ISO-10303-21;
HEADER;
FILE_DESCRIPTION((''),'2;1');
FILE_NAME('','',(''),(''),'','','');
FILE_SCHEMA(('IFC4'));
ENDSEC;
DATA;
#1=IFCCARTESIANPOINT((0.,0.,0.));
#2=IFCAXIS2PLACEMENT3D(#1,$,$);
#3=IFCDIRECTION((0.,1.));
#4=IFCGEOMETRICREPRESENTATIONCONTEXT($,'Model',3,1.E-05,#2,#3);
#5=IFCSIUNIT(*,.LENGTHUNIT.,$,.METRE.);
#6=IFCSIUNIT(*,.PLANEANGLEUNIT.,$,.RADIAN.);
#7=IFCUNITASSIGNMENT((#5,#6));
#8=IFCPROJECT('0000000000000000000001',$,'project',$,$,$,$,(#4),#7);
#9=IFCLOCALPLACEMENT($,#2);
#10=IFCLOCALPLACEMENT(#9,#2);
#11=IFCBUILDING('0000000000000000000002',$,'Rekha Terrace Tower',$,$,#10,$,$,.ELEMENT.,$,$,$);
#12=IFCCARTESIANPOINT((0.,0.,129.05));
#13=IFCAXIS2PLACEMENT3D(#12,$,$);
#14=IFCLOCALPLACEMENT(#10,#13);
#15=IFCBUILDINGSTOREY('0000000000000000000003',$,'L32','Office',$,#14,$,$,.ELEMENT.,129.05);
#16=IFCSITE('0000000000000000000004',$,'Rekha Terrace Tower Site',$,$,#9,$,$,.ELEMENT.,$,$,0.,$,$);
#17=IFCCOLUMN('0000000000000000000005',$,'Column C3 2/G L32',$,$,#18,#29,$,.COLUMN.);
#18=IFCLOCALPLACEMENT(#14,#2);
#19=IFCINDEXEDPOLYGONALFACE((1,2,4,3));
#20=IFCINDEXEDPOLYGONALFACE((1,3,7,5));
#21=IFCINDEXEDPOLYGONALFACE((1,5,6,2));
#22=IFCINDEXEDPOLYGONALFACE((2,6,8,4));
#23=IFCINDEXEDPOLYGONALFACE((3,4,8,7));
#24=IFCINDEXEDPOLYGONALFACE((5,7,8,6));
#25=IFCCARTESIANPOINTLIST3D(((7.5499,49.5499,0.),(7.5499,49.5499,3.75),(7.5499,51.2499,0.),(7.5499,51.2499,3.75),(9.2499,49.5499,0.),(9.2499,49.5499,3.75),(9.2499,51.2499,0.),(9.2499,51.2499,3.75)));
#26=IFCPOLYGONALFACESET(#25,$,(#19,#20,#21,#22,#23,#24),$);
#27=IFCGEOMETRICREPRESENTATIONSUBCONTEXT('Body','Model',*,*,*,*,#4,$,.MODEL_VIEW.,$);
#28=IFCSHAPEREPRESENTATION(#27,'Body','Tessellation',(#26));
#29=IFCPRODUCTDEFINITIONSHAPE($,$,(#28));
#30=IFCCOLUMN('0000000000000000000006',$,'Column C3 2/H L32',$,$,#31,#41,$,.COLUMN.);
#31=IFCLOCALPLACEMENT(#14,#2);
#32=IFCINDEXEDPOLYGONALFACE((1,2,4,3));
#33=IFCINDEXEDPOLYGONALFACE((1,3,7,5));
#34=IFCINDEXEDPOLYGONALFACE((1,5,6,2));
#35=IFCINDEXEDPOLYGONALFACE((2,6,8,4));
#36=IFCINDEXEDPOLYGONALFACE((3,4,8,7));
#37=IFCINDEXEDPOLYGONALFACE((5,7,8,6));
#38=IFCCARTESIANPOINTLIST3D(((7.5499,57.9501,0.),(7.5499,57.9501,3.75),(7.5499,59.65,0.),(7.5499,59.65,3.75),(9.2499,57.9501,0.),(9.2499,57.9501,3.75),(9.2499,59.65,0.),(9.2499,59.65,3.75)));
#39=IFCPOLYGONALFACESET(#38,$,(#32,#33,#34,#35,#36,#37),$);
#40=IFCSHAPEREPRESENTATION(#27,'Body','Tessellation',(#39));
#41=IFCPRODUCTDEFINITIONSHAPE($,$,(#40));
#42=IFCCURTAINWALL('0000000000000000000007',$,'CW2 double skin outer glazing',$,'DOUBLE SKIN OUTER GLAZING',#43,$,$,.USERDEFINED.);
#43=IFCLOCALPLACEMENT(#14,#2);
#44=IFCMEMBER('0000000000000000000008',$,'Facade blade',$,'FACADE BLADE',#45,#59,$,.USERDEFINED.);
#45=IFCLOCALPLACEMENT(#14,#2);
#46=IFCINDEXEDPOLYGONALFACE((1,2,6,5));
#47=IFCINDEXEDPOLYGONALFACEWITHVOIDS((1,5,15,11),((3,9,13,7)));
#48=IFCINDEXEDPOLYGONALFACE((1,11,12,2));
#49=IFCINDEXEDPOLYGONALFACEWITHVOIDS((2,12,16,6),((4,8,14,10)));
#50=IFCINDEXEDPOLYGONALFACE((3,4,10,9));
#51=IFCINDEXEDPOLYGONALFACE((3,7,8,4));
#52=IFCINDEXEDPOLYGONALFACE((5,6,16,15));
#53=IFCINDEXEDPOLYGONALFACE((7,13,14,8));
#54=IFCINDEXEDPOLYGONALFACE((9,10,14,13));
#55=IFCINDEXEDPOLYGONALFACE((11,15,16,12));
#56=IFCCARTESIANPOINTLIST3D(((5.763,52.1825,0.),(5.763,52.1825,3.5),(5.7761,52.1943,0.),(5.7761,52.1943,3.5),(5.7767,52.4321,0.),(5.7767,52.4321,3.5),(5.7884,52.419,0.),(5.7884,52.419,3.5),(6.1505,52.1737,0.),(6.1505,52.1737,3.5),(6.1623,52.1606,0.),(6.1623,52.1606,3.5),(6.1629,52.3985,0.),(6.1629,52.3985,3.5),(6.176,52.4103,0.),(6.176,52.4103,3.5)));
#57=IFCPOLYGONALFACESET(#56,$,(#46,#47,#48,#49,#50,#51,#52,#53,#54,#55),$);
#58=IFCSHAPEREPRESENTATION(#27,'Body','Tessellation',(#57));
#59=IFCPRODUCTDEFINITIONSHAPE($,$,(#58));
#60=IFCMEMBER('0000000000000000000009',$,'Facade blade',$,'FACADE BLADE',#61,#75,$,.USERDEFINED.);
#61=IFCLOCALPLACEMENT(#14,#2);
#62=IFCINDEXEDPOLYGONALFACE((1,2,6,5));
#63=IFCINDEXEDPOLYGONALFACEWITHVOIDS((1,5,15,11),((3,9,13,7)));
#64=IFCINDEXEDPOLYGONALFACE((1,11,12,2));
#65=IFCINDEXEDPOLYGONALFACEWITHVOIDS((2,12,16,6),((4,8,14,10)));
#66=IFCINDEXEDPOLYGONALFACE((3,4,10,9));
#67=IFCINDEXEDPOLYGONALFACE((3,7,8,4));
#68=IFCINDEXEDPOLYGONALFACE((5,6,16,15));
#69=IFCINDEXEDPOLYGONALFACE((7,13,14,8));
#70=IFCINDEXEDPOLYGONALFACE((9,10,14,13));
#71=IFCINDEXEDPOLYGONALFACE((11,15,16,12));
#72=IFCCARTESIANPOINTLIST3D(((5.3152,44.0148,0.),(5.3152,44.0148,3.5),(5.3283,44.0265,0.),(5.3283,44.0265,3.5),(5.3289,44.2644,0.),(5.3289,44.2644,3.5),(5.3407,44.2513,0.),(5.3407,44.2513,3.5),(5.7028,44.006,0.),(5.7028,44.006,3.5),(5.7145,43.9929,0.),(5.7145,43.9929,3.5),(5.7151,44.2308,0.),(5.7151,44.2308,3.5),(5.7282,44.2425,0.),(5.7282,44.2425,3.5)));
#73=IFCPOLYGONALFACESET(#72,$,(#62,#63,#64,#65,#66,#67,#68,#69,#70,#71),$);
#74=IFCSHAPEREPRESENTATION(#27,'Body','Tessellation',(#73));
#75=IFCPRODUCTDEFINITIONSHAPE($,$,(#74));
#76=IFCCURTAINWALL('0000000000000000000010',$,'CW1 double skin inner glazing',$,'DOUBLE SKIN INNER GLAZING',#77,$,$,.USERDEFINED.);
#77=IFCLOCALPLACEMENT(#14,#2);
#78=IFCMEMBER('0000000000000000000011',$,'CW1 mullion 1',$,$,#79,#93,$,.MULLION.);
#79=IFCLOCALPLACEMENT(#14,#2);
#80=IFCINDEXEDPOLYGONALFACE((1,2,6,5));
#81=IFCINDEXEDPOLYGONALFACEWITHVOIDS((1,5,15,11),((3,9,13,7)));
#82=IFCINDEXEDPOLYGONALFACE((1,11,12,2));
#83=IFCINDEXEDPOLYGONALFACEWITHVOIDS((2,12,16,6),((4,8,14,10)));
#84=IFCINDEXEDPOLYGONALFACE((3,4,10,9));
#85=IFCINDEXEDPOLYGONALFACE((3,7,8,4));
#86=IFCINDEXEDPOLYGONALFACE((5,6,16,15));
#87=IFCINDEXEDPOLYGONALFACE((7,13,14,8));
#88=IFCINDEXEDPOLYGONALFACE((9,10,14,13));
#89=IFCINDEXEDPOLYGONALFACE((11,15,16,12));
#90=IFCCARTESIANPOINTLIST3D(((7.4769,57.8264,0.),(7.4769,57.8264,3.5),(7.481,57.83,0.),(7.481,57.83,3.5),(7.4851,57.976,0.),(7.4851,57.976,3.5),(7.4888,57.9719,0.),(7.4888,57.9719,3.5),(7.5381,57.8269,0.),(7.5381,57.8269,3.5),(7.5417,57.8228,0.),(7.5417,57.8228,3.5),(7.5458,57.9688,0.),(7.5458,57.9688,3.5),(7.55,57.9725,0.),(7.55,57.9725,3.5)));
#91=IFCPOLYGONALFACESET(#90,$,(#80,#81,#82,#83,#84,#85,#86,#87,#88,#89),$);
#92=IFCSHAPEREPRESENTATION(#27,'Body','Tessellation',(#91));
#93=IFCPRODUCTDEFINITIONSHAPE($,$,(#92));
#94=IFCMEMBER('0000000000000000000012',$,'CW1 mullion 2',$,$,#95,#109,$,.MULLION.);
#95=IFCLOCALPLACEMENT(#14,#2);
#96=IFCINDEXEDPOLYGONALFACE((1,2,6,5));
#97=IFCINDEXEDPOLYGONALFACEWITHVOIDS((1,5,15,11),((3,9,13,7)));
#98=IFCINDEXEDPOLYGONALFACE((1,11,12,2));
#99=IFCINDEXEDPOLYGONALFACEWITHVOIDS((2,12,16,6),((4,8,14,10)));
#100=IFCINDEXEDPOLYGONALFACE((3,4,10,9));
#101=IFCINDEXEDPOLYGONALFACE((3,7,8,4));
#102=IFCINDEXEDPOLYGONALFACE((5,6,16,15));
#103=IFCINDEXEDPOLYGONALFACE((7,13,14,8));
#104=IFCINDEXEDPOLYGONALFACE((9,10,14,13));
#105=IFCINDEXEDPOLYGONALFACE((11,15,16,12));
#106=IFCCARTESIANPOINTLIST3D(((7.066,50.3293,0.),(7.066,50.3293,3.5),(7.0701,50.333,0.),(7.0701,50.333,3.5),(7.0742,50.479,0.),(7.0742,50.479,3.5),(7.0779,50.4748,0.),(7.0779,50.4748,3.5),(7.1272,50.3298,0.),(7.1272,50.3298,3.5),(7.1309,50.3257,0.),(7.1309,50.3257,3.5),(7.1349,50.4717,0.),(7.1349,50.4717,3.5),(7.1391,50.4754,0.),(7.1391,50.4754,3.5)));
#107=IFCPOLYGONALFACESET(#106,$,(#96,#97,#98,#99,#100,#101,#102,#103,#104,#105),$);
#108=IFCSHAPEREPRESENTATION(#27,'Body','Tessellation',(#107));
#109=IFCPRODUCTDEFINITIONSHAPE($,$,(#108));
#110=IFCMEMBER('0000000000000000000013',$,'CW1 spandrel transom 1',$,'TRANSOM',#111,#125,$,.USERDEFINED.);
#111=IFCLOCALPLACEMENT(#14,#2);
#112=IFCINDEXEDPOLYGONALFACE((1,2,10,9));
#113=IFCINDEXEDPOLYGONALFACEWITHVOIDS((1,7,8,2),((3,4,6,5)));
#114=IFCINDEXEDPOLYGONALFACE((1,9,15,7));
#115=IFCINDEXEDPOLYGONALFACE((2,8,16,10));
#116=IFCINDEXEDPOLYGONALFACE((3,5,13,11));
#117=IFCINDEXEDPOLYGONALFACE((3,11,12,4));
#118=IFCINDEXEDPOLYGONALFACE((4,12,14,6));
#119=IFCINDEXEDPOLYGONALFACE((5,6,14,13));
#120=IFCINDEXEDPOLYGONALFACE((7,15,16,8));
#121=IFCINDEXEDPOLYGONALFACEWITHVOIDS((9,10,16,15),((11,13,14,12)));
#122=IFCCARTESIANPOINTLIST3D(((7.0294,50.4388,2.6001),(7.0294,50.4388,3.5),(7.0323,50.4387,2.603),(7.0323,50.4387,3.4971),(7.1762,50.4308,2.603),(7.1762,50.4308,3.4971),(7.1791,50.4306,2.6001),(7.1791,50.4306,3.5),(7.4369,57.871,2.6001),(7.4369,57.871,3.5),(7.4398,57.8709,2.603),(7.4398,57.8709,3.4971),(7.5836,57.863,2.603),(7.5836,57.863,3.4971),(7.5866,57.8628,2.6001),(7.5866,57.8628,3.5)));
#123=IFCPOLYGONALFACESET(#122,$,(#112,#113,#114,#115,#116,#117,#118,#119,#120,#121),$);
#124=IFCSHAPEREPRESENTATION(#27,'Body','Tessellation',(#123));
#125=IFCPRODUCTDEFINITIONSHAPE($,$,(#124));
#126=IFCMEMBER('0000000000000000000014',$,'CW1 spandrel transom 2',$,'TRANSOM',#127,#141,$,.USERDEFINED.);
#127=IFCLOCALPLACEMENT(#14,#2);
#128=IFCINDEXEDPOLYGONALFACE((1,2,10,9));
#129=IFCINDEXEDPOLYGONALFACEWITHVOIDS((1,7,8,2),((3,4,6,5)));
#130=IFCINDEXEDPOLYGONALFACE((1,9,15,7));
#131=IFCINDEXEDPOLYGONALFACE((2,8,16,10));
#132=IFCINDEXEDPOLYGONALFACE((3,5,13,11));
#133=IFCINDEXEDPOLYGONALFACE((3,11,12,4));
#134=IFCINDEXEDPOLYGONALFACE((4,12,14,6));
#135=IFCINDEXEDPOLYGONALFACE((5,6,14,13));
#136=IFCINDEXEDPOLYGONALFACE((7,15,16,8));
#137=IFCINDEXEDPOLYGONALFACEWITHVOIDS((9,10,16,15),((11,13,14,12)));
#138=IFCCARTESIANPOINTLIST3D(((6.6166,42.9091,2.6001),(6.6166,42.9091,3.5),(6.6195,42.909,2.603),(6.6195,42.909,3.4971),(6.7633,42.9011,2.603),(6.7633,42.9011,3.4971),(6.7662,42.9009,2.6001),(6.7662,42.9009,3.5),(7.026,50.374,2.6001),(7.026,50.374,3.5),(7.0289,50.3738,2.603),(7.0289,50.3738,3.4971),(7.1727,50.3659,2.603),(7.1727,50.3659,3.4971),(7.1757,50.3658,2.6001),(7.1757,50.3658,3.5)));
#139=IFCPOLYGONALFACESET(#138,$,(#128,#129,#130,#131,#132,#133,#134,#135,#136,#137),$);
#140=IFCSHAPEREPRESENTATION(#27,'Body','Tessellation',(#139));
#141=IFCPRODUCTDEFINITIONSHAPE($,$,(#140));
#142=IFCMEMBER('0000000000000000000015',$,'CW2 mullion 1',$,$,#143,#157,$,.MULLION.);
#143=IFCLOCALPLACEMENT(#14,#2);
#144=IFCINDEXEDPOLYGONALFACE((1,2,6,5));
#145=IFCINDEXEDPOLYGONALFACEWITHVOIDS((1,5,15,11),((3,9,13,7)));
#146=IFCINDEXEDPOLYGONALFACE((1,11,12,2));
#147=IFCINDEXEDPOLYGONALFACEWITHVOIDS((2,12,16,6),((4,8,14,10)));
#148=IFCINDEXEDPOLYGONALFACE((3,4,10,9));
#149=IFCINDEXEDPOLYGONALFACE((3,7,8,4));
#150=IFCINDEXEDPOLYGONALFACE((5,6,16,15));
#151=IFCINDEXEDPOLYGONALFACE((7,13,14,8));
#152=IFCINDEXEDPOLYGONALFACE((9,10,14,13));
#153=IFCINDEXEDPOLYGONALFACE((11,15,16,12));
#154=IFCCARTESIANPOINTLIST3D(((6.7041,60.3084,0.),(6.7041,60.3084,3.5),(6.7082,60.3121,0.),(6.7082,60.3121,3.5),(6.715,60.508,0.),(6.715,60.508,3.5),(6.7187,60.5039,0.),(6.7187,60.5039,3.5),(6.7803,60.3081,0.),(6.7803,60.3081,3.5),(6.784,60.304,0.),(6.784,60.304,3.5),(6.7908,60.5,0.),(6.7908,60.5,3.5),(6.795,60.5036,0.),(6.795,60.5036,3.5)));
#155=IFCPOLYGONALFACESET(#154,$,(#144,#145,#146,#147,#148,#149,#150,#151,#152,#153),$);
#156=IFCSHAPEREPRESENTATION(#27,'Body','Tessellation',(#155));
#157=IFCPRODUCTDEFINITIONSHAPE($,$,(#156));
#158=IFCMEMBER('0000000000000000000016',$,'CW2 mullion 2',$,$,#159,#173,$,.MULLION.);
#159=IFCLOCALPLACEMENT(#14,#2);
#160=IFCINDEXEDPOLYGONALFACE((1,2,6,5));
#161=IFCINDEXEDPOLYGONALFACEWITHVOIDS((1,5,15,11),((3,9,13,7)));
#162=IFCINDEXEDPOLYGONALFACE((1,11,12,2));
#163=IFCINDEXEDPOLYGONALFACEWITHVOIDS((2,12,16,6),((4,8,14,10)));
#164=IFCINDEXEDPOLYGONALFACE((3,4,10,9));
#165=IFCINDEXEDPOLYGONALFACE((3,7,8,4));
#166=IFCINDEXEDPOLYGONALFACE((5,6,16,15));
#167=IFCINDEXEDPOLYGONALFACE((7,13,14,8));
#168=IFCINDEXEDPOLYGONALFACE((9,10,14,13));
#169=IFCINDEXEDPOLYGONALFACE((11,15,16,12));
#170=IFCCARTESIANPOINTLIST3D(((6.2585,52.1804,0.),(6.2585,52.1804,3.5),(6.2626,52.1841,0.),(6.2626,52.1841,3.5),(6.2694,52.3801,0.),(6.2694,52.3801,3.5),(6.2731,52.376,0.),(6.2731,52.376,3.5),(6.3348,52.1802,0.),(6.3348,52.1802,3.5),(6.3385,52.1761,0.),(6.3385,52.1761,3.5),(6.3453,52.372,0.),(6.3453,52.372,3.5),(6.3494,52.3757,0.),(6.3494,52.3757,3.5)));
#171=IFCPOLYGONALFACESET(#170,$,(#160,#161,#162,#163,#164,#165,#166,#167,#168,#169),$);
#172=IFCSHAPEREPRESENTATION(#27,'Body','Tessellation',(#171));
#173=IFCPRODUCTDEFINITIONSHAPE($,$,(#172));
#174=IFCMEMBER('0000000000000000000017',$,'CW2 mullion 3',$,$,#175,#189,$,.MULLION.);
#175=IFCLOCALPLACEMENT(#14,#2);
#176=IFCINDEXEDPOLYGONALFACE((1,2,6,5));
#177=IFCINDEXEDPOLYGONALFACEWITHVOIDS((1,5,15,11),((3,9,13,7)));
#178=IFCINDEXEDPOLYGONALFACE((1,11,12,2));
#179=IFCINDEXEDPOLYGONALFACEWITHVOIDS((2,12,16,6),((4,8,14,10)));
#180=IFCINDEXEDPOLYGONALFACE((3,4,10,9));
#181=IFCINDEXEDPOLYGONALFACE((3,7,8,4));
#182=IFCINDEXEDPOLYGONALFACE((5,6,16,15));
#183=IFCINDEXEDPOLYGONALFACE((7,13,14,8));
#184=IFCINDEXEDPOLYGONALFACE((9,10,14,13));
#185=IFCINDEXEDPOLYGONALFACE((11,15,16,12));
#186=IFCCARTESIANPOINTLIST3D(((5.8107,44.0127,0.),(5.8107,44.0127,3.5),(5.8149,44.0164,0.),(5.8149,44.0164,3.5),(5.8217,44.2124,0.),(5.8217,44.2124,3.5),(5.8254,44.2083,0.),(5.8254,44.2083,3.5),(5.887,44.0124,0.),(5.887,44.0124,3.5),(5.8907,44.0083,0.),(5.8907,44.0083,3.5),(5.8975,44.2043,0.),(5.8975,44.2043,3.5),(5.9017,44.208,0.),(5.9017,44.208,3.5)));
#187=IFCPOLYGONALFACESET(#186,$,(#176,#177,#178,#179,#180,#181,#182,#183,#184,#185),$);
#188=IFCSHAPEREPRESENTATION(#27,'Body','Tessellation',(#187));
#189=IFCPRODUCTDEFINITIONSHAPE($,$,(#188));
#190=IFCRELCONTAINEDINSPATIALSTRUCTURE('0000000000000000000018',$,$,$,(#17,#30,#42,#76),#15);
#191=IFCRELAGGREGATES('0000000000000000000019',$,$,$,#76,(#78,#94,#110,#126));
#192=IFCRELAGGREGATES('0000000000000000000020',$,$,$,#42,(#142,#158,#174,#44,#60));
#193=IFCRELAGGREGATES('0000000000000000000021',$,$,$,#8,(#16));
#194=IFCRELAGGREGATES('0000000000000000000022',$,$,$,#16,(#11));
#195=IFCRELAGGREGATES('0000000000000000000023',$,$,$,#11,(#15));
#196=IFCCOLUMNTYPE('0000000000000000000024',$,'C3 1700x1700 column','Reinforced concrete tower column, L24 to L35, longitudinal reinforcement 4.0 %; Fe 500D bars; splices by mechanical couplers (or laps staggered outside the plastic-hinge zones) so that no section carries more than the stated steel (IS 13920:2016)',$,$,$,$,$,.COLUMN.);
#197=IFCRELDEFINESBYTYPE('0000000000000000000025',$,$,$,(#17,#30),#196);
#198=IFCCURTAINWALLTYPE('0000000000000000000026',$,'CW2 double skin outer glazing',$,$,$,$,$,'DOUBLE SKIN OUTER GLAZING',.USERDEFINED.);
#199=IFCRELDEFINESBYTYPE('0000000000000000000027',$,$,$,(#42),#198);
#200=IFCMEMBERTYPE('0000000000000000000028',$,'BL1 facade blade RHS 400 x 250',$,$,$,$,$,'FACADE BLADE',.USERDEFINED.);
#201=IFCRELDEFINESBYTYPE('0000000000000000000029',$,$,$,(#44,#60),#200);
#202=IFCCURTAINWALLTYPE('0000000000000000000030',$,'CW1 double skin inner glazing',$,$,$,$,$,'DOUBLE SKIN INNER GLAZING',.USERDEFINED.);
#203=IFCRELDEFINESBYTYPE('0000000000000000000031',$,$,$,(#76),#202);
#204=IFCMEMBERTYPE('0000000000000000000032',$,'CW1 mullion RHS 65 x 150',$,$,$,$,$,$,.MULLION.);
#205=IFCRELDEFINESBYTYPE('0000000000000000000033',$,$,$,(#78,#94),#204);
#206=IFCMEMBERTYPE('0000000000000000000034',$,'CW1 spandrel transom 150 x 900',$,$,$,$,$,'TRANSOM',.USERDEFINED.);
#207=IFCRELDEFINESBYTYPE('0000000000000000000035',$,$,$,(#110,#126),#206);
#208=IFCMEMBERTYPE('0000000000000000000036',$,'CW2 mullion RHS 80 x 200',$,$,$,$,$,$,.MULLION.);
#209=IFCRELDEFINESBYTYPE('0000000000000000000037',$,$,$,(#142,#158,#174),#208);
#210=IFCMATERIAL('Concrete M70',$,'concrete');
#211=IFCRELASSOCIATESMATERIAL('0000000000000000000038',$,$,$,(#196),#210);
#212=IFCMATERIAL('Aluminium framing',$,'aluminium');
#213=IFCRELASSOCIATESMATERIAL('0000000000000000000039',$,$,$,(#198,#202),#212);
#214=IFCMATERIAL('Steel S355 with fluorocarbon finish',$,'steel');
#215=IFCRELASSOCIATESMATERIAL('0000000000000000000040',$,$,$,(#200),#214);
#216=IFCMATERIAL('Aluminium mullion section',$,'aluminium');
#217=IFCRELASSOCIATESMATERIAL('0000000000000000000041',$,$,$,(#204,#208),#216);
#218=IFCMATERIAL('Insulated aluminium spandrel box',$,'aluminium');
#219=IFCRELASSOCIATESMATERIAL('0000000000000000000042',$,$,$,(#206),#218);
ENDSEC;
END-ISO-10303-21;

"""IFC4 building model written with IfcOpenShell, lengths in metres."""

from ifc_helpers import new_model, si_unit, direction, frame, origin, origin_2d, place, context, subcontext, project, spatial, rectangle, hollow_rectangle, extrude, material, material_profile, profile_set, type_object, element, aggregate, save


model = new_model("IFC4")

# Units and contexts
model_context = context("Model", 3, precision=1e-05, world=origin(), true_north=direction((0.0, 1.0)))
body_context = subcontext(model_context, "Body", "Model", "MODEL_VIEW")
ifc_project = project(units=[si_unit("LENGTHUNIT", "METRE"), si_unit("PLANEANGLEUNIT", "RADIAN")], contexts=[model_context])

# Site, building, storey
site_placement = place(None, origin())
site = spatial("IfcSite", under=ifc_project, at=site_placement, Name="Rekha Terrace Tower Site", CompositionType="ELEMENT", RefElevation=0.0)
building_placement = place(site_placement, origin())
building = spatial("IfcBuilding", under=site, at=building_placement, Name="Rekha Terrace Tower", CompositionType="ELEMENT")
storey_placement = place(building_placement, frame((0.0, 0.0, 129.05)))
storey = spatial("IfcBuildingStorey", under=building, at=storey_placement, Name="L32", Description="Office", CompositionType="ELEMENT", Elevation=129.05)

# Columns
ifc_material_1 = material(Name="Concrete M70", Category="concrete")
ifc_material_profile_1 = material_profile(ifc_material_1, rectangle(XDim=1.7, YDim=1.7, at=origin_2d()), Name="RC 1700x1700")
ifc_profile_set_1 = profile_set([ifc_material_profile_1], Name="Concrete M70")
column_type = type_object("IfcColumnType", Name="C3 1700x1700 column", Description="Reinforced concrete tower column, L24 to L35, longitudinal reinforcement 4.0 %; Fe 500D bars; splices by mechanical couplers (or laps staggered outside the plastic-hinge zones) so that no section carries more than the stated steel (IS 13920:2016)", PredefinedType="COLUMN", material=ifc_profile_set_1)
for number, where, z_axis, x_axis, name in (
    (1, (8.3999, 50.3999, 0.0), (0.0, 0.0, 1.0), (1.0, 0.0, 0.0), "Column C3 2/G L32"),
    (2, (8.3999, 58.8, 0.0), (0.0, 0.0, 1.0), (1.0, 0.0, 0.0), "Column C3 2/H L32"),
):
    element("IfcColumn", number, at=place(storey_placement, frame(where, z_axis=z_axis, x_axis=x_axis)), inside=storey, type_object=column_type, Name=name, PredefinedType="COLUMN", context=body_context, shape_type="SweptSolid", body=[
        extrude(rectangle(XDim=1.7, YDim=1.7, at=origin_2d()), origin(), (0.0, 0.0, 1.0), 3.75),
    ])

# Curtain walls, members
ifc_material_2 = material(Name="Aluminium framing", Category="aluminium")
curtain_wall_type_1 = type_object("IfcCurtainWallType", Name="CW2 double skin outer glazing", ElementType="DOUBLE SKIN OUTER GLAZING", PredefinedType="USERDEFINED", material=ifc_material_2)
curtain_wall_1_placement = place(storey_placement, origin())
curtain_wall_1 = element("IfcCurtainWall", 3, at=curtain_wall_1_placement, inside=storey, type_object=curtain_wall_type_1, Name="CW2 double skin outer glazing", ObjectType="DOUBLE SKIN OUTER GLAZING", PredefinedType="USERDEFINED")
ifc_material_3 = material(Name="Steel S355 with fluorocarbon finish", Category="steel")
ifc_material_profile_2 = material_profile(ifc_material_3, hollow_rectangle(XDim=0.25, YDim=0.3999, WallThickness=0.0125, at=origin_2d()), Name="RHS400x250x12.5")
ifc_profile_set_2 = profile_set([ifc_material_profile_2], Name="Steel S355 with fluorocarbon finish")
member_type_1 = type_object("IfcMemberType", Name="BL1 facade blade RHS 400 x 250", ElementType="FACADE BLADE", PredefinedType="USERDEFINED", material=ifc_profile_set_2)
member_1_placement = place(storey_placement, frame((5.9695, 52.2964, 0.0), z_axis=(0.0, 0.0, 1.0), x_axis=(-0.054743, -0.9985, 0.0)))
member_1 = element("IfcMember", 4, at=member_1_placement, type_object=member_type_1, Name="Facade blade", ObjectType="FACADE BLADE", PredefinedType="USERDEFINED", context=body_context, shape_type="SweptSolid", body=[
    extrude(hollow_rectangle(XDim=0.25, YDim=0.3999, WallThickness=0.0125, at=origin_2d()), origin(), (0.0, 0.0, 1.0), 3.5),
])
member_2_placement = place(storey_placement, frame((5.5217, 44.1287, 0.0), z_axis=(0.0, 0.0, 1.0), x_axis=(-0.054743, -0.9985, 0.0)))
member_2 = element("IfcMember", 5, at=member_2_placement, type_object=member_type_1, Name="Facade blade", ObjectType="FACADE BLADE", PredefinedType="USERDEFINED", context=body_context, shape_type="SweptSolid", body=[
    extrude(hollow_rectangle(XDim=0.25, YDim=0.3999, WallThickness=0.0125, at=origin_2d()), origin(), (0.0, 0.0, 1.0), 3.5),
])
curtain_wall_type_2 = type_object("IfcCurtainWallType", Name="CW1 double skin inner glazing", ElementType="DOUBLE SKIN INNER GLAZING", PredefinedType="USERDEFINED", material=ifc_material_2)
curtain_wall_2_placement = place(storey_placement, origin())
curtain_wall_2 = element("IfcCurtainWall", 6, at=curtain_wall_2_placement, inside=storey, type_object=curtain_wall_type_2, Name="CW1 double skin inner glazing", ObjectType="DOUBLE SKIN INNER GLAZING", PredefinedType="USERDEFINED")
ifc_material_4 = material(Name="Aluminium mullion section", Category="aluminium")
ifc_material_profile_3 = material_profile(ifc_material_4, hollow_rectangle(XDim=0.0649, YDim=0.1499, WallThickness=0.0039, at=origin_2d()), Name="AL RHS 65x150")
ifc_profile_set_3 = profile_set([ifc_material_profile_3], Name="Aluminium mullion section")
member_type_2 = type_object("IfcMemberType", Name="CW1 mullion RHS 65 x 150", PredefinedType="MULLION", material=ifc_profile_set_3)
member_3_placement = place(storey_placement, frame((7.5134, 57.8994, 0.0), z_axis=(0.0, 0.0, 1.0), x_axis=(0.998501, -0.054742, 0.0)))
member_3 = element("IfcMember", 7, at=member_3_placement, type_object=member_type_2, Name="CW1 mullion 1", PredefinedType="MULLION", context=body_context, shape_type="SweptSolid", body=[
    extrude(hollow_rectangle(XDim=0.0649, YDim=0.1499, WallThickness=0.0039, at=origin_2d()), origin(), (0.0, 0.0, 1.0), 3.5),
])
member_4_placement = place(storey_placement, frame((7.1025, 50.4023, 0.0), z_axis=(0.0, 0.0, 1.0), x_axis=(0.998501, -0.054742, 0.0)))
member_4 = element("IfcMember", 8, at=member_4_placement, type_object=member_type_2, Name="CW1 mullion 2", PredefinedType="MULLION", context=body_context, shape_type="SweptSolid", body=[
    extrude(hollow_rectangle(XDim=0.0649, YDim=0.1499, WallThickness=0.0039, at=origin_2d()), origin(), (0.0, 0.0, 1.0), 3.5),
])
ifc_material_5 = material(Name="Insulated aluminium spandrel box", Category="aluminium")
ifc_material_profile_4 = material_profile(ifc_material_5, hollow_rectangle(XDim=0.1499, YDim=0.8999, WallThickness=0.0029, at=origin_2d()), Name="AL SPANDREL BOX 150x900")
ifc_profile_set_4 = profile_set([ifc_material_profile_4], Name="Insulated aluminium spandrel box")
member_type_3 = type_object("IfcMemberType", Name="CW1 spandrel transom 150 x 900", ElementType="TRANSOM", PredefinedType="USERDEFINED", material=ifc_profile_set_4)
member_5_placement = place(storey_placement, frame((7.5117, 57.8669, 3.05), z_axis=(-0.054743, -0.9985, 0.0), x_axis=(0.9985, -0.054743, 0.0)))
member_5 = element("IfcMember", 9, at=member_5_placement, type_object=member_type_3, Name="CW1 spandrel transom 1", ObjectType="TRANSOM", PredefinedType="USERDEFINED", context=body_context, shape_type="SweptSolid", body=[
    extrude(hollow_rectangle(XDim=0.1499, YDim=0.8999, WallThickness=0.0029, at=origin_2d()), origin(), (0.0, 0.0, 1.0), 7.4434),
])
member_6_placement = place(storey_placement, frame((7.1008, 50.3699, 3.05), z_axis=(-0.054765, -0.998499, 0.0), x_axis=(0.998499, -0.054765, 0.0)))
member_6 = element("IfcMember", 10, at=member_6_placement, type_object=member_type_3, Name="CW1 spandrel transom 2", ObjectType="TRANSOM", PredefinedType="USERDEFINED", context=body_context, shape_type="SweptSolid", body=[
    extrude(hollow_rectangle(XDim=0.1499, YDim=0.8999, WallThickness=0.0029, at=origin_2d()), origin(), (0.0, 0.0, 1.0), 7.4761),
])

# Members
ifc_material_profile_5 = material_profile(ifc_material_4, hollow_rectangle(XDim=0.0801, YDim=0.2, WallThickness=0.0039, at=origin_2d()), Name="AL RHS 80x200")
ifc_profile_set_5 = profile_set([ifc_material_profile_5], Name="Aluminium mullion section")
member_type_4 = type_object("IfcMemberType", Name="CW2 mullion RHS 80 x 200", PredefinedType="MULLION", material=ifc_profile_set_5)
member_7_placement = place(storey_placement, frame((6.7495, 60.406, 0.0), z_axis=(0.0, 0.0, 1.0), x_axis=(0.998501, -0.054742, 0.0)))
member_7 = element("IfcMember", 11, at=member_7_placement, type_object=member_type_4, Name="CW2 mullion 1", PredefinedType="MULLION", context=body_context, shape_type="SweptSolid", body=[
    extrude(hollow_rectangle(XDim=0.0801, YDim=0.2, WallThickness=0.0039, at=origin_2d()), origin(), (0.0, 0.0, 1.0), 3.5),
])
member_8_placement = place(storey_placement, frame((6.304, 52.2781, 0.0), z_axis=(0.0, 0.0, 1.0), x_axis=(0.998501, -0.054742, 0.0)))
member_8 = element("IfcMember", 12, at=member_8_placement, type_object=member_type_4, Name="CW2 mullion 2", PredefinedType="MULLION", context=body_context, shape_type="SweptSolid", body=[
    extrude(hollow_rectangle(XDim=0.0801, YDim=0.2, WallThickness=0.0039, at=origin_2d()), origin(), (0.0, 0.0, 1.0), 3.5),
])
member_9_placement = place(storey_placement, frame((5.8562, 44.1104, 0.0), z_axis=(0.0, 0.0, 1.0), x_axis=(0.998501, -0.054742, 0.0)))
member_9 = element("IfcMember", 13, at=member_9_placement, type_object=member_type_4, Name="CW2 mullion 3", PredefinedType="MULLION", context=body_context, shape_type="SweptSolid", body=[
    extrude(hollow_rectangle(XDim=0.0801, YDim=0.2, WallThickness=0.0039, at=origin_2d()), origin(), (0.0, 0.0, 1.0), 3.5),
])

aggregate(curtain_wall_2, [member_3, member_4, member_5, member_6])
aggregate(curtain_wall_1, [member_7, member_8, member_9, member_1, member_2])

save(model, "model.ifc")
